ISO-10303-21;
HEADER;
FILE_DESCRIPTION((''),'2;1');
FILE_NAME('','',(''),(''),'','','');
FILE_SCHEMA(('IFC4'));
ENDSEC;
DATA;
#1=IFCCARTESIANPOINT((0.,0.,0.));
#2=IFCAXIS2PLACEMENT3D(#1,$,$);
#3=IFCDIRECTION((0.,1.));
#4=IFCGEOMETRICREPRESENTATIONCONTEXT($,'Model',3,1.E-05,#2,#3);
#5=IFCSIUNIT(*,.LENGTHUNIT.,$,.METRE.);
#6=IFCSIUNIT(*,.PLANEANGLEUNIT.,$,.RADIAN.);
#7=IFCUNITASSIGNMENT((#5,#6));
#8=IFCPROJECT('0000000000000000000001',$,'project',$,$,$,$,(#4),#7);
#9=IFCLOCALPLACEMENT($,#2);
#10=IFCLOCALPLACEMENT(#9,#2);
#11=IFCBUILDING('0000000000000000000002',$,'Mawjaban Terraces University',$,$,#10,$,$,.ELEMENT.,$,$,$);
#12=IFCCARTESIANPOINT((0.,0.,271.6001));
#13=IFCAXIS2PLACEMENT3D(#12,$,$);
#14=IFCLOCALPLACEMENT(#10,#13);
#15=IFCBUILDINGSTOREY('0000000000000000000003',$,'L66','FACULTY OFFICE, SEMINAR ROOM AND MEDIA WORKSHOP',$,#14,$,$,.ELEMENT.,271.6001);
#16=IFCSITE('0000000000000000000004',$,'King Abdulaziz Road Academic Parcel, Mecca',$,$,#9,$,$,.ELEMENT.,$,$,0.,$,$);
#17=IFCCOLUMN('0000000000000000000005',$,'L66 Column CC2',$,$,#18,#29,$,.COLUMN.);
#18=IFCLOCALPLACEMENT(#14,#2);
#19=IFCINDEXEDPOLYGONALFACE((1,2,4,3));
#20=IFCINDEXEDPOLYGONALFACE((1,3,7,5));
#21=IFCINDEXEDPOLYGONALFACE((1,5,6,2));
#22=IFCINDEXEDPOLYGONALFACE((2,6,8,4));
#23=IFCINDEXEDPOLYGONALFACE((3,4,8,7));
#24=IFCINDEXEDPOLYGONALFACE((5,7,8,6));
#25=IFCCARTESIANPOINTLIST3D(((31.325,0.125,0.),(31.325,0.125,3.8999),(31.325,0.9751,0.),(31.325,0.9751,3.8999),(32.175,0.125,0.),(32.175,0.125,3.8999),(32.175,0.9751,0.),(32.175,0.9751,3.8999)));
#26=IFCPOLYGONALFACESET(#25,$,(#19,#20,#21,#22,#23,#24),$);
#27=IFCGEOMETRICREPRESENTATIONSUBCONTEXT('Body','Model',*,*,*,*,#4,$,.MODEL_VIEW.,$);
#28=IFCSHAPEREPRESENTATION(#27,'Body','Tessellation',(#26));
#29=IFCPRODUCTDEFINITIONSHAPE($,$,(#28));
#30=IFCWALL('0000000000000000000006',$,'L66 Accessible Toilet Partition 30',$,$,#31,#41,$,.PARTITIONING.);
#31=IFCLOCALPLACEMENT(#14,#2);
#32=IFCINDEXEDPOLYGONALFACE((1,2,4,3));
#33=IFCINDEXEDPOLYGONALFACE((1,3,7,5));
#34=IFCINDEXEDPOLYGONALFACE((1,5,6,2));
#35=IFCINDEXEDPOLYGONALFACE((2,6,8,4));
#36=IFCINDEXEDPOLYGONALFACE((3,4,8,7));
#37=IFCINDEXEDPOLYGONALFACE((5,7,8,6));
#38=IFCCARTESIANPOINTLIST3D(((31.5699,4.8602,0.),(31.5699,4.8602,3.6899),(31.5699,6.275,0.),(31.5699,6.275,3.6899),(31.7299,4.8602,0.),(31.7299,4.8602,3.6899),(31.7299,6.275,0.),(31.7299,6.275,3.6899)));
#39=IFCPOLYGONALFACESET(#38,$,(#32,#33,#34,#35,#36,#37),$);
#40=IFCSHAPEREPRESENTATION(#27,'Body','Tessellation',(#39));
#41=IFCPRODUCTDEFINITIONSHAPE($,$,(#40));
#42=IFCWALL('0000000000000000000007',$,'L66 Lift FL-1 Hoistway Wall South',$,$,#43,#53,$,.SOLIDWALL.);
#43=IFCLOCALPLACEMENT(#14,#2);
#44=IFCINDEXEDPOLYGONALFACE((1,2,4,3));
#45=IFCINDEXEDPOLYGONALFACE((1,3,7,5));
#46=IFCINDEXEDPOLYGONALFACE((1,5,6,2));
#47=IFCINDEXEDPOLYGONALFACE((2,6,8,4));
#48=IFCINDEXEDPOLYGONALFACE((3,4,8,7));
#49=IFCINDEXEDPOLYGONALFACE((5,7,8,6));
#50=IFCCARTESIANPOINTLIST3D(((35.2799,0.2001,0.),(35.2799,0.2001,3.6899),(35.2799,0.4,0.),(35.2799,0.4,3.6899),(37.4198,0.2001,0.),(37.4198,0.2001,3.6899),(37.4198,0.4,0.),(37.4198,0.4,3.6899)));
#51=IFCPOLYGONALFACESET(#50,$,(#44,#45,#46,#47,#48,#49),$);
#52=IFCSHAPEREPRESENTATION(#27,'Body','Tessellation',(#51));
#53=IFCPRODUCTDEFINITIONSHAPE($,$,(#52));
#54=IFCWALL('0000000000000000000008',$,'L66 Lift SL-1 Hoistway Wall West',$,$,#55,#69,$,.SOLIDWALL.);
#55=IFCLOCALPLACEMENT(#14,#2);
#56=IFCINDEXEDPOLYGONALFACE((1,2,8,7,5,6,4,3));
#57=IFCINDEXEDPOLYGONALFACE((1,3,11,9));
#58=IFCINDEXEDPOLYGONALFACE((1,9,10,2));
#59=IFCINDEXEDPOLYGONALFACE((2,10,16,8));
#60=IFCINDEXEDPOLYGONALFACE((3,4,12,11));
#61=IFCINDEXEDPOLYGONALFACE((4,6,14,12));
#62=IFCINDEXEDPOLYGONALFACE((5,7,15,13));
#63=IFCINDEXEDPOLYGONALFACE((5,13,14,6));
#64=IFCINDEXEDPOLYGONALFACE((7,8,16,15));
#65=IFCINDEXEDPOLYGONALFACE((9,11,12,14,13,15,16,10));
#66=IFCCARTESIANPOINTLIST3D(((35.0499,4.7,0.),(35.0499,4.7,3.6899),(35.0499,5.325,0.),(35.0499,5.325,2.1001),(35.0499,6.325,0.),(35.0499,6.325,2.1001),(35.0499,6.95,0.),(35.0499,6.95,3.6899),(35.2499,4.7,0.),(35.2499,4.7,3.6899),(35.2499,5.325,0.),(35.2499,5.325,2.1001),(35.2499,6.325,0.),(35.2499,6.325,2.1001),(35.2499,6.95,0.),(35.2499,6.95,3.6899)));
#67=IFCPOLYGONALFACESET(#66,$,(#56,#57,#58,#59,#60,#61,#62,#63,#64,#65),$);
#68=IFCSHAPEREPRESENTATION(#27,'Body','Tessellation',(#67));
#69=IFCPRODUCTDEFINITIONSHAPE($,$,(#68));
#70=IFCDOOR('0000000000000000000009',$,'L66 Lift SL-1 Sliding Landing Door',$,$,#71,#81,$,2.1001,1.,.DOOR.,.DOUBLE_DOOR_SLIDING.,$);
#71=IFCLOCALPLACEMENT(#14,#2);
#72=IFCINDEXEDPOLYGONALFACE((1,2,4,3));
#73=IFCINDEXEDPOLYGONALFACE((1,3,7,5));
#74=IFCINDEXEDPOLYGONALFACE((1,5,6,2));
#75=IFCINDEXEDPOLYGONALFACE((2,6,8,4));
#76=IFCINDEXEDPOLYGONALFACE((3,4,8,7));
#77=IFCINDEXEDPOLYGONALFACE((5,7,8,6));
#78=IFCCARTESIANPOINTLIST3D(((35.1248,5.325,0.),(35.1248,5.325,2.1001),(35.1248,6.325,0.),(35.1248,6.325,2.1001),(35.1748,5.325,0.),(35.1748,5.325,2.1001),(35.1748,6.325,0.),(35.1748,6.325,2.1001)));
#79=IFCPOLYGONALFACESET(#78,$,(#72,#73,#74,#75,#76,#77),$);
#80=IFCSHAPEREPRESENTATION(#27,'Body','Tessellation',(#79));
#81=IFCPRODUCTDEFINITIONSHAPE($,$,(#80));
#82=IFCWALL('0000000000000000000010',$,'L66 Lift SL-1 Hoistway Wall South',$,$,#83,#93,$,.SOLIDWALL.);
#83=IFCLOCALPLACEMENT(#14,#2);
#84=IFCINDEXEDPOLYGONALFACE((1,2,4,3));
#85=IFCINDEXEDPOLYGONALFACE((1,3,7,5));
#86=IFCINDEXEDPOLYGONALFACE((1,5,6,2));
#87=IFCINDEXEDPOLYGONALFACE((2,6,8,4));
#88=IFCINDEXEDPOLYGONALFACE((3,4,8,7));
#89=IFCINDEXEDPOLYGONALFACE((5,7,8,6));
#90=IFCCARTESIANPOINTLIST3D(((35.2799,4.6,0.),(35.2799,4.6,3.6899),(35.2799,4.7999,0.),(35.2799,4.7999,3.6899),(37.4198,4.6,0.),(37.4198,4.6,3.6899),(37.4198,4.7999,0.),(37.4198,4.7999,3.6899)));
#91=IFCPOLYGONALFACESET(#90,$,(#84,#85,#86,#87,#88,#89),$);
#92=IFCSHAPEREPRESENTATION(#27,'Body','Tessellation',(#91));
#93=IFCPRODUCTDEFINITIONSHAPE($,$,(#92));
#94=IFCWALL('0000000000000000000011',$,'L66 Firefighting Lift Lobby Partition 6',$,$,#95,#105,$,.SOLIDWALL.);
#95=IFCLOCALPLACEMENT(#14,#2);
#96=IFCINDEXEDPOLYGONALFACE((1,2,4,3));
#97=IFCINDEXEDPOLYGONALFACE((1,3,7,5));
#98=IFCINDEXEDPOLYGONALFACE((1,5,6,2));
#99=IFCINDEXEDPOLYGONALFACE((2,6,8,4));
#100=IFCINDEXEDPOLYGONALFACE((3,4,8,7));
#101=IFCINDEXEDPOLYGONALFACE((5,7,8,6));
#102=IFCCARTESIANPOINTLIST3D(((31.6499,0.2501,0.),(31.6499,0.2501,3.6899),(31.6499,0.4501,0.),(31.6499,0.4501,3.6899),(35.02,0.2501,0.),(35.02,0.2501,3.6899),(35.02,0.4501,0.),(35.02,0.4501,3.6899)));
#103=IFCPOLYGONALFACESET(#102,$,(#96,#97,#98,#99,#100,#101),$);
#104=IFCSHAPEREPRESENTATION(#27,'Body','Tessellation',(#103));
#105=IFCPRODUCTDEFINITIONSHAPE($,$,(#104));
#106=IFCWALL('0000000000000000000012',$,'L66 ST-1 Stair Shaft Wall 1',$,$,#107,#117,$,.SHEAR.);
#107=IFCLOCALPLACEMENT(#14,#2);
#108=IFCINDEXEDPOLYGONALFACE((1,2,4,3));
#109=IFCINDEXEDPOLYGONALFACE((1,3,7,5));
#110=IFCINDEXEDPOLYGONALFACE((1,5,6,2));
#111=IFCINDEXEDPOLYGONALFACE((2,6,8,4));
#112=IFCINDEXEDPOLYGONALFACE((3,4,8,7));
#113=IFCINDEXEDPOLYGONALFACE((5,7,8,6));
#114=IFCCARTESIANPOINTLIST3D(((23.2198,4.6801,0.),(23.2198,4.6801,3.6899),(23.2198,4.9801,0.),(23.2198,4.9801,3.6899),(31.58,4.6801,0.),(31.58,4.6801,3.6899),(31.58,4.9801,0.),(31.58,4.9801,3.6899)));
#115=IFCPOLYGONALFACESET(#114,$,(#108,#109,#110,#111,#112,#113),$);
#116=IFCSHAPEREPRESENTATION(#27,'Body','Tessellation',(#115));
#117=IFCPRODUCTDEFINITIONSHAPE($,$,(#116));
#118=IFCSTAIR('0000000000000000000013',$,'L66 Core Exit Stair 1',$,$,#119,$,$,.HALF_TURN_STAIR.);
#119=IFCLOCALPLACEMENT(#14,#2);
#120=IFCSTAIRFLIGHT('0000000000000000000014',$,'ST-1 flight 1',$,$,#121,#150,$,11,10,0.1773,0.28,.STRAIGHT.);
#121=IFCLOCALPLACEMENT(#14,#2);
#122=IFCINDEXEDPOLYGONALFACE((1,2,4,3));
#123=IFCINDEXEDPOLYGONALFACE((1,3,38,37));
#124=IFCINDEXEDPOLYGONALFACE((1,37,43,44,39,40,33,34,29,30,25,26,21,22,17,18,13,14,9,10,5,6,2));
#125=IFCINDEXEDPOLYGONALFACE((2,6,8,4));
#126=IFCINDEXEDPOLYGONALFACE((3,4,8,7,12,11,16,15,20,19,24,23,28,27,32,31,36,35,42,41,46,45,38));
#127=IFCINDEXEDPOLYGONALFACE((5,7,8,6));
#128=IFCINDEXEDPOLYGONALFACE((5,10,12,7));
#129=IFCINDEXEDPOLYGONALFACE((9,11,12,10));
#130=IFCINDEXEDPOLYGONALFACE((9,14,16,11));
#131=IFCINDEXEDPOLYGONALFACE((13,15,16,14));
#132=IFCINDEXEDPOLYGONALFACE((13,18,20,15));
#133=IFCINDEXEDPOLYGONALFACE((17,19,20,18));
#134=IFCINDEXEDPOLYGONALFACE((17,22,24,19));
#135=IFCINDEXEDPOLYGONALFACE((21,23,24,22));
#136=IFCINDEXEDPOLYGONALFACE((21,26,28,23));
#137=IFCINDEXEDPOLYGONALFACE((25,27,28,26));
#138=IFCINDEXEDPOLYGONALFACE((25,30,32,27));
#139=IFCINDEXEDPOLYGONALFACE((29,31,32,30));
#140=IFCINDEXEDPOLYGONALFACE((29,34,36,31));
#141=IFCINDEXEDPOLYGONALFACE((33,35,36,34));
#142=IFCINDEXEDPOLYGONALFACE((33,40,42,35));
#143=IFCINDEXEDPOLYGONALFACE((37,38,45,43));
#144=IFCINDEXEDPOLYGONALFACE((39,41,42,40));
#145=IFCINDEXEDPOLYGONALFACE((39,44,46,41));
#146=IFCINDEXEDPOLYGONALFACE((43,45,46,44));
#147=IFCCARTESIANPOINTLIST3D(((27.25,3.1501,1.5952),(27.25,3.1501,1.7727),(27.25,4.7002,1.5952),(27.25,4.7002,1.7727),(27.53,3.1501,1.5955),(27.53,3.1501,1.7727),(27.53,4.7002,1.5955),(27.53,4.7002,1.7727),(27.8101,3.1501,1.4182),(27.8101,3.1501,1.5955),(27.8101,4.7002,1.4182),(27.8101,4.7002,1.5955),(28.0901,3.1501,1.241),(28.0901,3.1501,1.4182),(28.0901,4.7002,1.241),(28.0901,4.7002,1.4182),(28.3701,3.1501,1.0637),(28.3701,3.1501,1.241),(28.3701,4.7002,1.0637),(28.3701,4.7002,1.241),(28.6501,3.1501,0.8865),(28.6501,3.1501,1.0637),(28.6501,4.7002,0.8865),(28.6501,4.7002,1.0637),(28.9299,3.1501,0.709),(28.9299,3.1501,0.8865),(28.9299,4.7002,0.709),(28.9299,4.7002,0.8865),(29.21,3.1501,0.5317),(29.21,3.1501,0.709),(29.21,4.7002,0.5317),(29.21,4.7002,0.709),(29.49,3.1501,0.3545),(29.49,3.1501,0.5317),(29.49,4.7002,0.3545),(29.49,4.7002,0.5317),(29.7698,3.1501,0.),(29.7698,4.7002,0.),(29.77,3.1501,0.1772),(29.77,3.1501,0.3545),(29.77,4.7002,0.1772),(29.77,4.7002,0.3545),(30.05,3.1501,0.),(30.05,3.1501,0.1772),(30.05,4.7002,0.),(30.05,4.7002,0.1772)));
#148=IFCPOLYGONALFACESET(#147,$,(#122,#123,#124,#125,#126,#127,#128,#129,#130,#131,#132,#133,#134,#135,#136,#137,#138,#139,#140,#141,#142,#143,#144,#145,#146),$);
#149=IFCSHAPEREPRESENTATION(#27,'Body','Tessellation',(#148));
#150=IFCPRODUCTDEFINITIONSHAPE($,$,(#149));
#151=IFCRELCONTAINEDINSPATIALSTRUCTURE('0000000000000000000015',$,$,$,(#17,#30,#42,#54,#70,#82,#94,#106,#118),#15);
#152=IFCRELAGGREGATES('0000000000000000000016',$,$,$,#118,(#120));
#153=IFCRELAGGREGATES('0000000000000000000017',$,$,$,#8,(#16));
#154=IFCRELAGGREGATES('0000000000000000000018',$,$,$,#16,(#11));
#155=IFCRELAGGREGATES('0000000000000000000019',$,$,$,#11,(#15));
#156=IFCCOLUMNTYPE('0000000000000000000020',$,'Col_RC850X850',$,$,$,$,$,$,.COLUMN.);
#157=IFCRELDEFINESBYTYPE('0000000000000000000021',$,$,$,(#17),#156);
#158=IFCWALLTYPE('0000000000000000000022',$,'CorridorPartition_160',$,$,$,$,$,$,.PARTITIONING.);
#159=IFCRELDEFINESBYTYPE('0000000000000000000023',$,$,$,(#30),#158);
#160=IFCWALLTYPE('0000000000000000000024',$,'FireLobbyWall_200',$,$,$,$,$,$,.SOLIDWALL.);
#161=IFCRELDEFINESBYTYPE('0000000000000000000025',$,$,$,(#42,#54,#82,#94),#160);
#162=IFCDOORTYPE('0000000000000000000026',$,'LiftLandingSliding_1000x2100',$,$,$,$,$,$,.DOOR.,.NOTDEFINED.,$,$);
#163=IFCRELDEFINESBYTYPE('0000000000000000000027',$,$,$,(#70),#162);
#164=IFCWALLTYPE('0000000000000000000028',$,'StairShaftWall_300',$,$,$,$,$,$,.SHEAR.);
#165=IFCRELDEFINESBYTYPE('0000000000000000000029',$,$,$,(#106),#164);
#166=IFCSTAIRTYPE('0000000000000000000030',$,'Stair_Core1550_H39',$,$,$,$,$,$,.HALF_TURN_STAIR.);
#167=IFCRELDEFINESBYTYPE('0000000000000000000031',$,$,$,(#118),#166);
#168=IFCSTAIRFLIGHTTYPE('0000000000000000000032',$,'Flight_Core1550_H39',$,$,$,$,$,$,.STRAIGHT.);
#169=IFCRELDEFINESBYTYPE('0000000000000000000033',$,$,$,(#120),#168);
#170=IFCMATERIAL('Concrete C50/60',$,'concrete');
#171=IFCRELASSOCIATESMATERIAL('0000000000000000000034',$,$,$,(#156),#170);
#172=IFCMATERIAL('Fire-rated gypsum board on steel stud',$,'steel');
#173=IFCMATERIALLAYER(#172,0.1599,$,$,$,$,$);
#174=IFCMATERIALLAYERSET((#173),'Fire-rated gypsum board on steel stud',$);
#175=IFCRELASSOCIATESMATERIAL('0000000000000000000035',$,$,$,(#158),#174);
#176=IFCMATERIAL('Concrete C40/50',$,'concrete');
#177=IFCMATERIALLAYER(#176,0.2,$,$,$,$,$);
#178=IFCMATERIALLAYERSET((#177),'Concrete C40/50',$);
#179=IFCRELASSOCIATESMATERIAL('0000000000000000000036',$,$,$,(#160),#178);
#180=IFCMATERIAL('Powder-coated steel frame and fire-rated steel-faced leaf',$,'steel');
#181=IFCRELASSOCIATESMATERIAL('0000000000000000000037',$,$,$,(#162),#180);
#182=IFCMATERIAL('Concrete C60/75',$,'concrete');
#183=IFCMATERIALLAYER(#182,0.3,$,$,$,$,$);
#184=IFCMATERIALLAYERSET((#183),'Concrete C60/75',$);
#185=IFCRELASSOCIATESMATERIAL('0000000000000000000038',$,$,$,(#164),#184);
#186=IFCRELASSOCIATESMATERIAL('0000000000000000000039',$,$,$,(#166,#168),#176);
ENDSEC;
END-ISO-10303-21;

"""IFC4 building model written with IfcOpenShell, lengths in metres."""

from ifc_helpers import new_model, si_unit, direction, frame, frame_2d, origin, origin_2d, place, context, subcontext, project, spatial, polyline, rectangle, outline, extrude, material, layer, layer_set, material_profile, profile_set, type_object, element, fill, aggregate, save


model = new_model("IFC4")

# Units and contexts
model_context = context("Model", 3, precision=1e-05, world=origin(), true_north=direction((0.0, 1.0)))
body_context = subcontext(model_context, "Body", "Model", "MODEL_VIEW")
ifc_project = project(units=[si_unit("LENGTHUNIT", "METRE"), si_unit("PLANEANGLEUNIT", "RADIAN")], contexts=[model_context])

# Site, building, storey
site_placement = place(None, origin())
site = spatial("IfcSite", under=ifc_project, at=site_placement, Name="King Abdulaziz Road Academic Parcel, Mecca", CompositionType="ELEMENT", RefElevation=0.0)
building_placement = place(site_placement, origin())
building = spatial("IfcBuilding", under=site, at=building_placement, Name="Mawjaban Terraces University", CompositionType="ELEMENT")
storey_placement = place(building_placement, frame((0.0, 0.0, 271.6001)))
storey = spatial("IfcBuildingStorey", under=building, at=storey_placement, Name="L66", Description="FACULTY OFFICE, SEMINAR ROOM AND MEDIA WORKSHOP", CompositionType="ELEMENT", Elevation=271.6001)

# Column
ifc_material_1 = material(Name="Concrete C50/60", Category="concrete")
ifc_material_profile = material_profile(ifc_material_1, rectangle(XDim=0.8501, YDim=0.8501, at=origin_2d()), Name="RC850X850")
ifc_profile_set = profile_set([ifc_material_profile], Name="Concrete C50/60")
column_type = type_object("IfcColumnType", Name="Col_RC850X850", PredefinedType="COLUMN", material=ifc_profile_set)
column_placement = place(storey_placement, frame((31.75, 0.55, 0.0), z_axis=(0.0, 0.0, 1.0), x_axis=(1.0, 0.0, 0.0)))
element("IfcColumn", 1, at=column_placement, inside=storey, type_object=column_type, Name="L66 Column CC2", PredefinedType="COLUMN", context=body_context, shape_type="SweptSolid", body=[
    extrude(rectangle(XDim=0.8501, YDim=0.8501, at=origin_2d()), origin(), (0.0, 0.0, 1.0), 3.8999),
])

# Wall
ifc_material_2 = material(Name="Fire-rated gypsum board on steel stud", Category="steel")
ifc_layer_1 = layer(ifc_material_2, 0.1599)
ifc_layer_set_1 = layer_set([ifc_layer_1], Name="Fire-rated gypsum board on steel stud")
wall_type_1 = type_object("IfcWallType", Name="CorridorPartition_160", PredefinedType="PARTITIONING", material=ifc_layer_set_1)
wall_1_placement = place(storey_placement, frame((31.6499, 4.8601, 0.0), z_axis=(0.0, 0.0, 1.0), x_axis=(0.0, 1.0, 0.0)))
element("IfcWall", 2, at=wall_1_placement, inside=storey, type_object=wall_type_1, Name="L66 Accessible Toilet Partition 30", PredefinedType="PARTITIONING", context=body_context, shape_type="SweptSolid", body=[
    extrude(rectangle(XDim=1.4148, YDim=0.1599, at=frame_2d((0.7075, 0.0))), origin(), (0.0, 0.0, 1.0), 3.6899),
])

# Shared definitions
ifc_material_3 = material(Name="Concrete C40/50", Category="concrete")
ifc_layer_2 = layer(ifc_material_3, 0.2)
ifc_layer_set_2 = layer_set([ifc_layer_2], Name="Concrete C40/50")
wall_type_2 = type_object("IfcWallType", Name="FireLobbyWall_200", PredefinedType="SOLIDWALL", material=ifc_layer_set_2)
ifc_material_4 = material(Name="Powder-coated steel frame and fire-rated steel-faced leaf", Category="steel")

# Wall
wall_2_placement = place(storey_placement, frame((35.28, 0.3, 0.0), z_axis=(0.0, 0.0, 1.0), x_axis=(1.0, 0.0, 0.0)))
element("IfcWall", 3, at=wall_2_placement, inside=storey, type_object=wall_type_2, Name="L66 Lift FL-1 Hoistway Wall South", PredefinedType="SOLIDWALL", context=body_context, shape_type="SweptSolid", body=[
    extrude(rectangle(XDim=2.1399, YDim=0.2, at=frame_2d((1.0698, 0.0))), origin(), (0.0, 0.0, 1.0), 3.6899),
])

# Wall, opening, door
wall_3_placement = place(storey_placement, frame((35.1499, 6.95, 0.0), z_axis=(0.0, 0.0, 1.0), x_axis=(0.0, -1.0, 0.0)))
wall_3 = element("IfcWall", 4, at=wall_3_placement, inside=storey, type_object=wall_type_2, Name="L66 Lift SL-1 Hoistway Wall West", PredefinedType="SOLIDWALL", context=body_context, shape_type="SweptSolid", body=[
    extrude(rectangle(XDim=2.25, YDim=0.2, at=frame_2d((1.125, 0.0))), origin(), (0.0, 0.0, 1.0), 3.6899),
])
opening_1_placement = place(wall_3_placement, frame((0.625, 0.0, 0.0)))
opening_1 = element("IfcOpeningElement", 5, at=opening_1_placement, cuts=wall_3, PredefinedType="OPENING", context=body_context, shape_type="SweptSolid", body=[
    extrude(rectangle(XDim=1.0, YDim=2.1001, at=frame_2d((0.5, 1.05))), frame((0.0, 0.1099, 0.0), z_axis=(0.0, -1.0, 0.0), x_axis=(1.0, 0.0, 0.0)), (0.0, 0.0, 1.0), 0.22),
])
door_type_1 = type_object("IfcDoorType", Name="LiftLandingSliding_1000x2100", OperationType="NOTDEFINED", PredefinedType="DOOR", material=ifc_material_4)
door_1_placement = place(opening_1_placement, origin())
door_1 = element("IfcDoor", 6, at=door_1_placement, inside=storey, type_object=door_type_1, Name="L66 Lift SL-1 Sliding Landing Door", OperationType="DOUBLE_DOOR_SLIDING", OverallHeight=2.1001, OverallWidth=1.0, PredefinedType="DOOR", context=body_context, shape_type="SweptSolid", body=[
    extrude(rectangle(XDim=1.0, YDim=2.1001, at=frame_2d((0.5, 1.05))), frame((0.0, 0.0249, 0.0), z_axis=(0.0, -1.0, 0.0), x_axis=(1.0, 0.0, 0.0)), (0.0, 0.0, 1.0), 0.05),
])
fill(opening_1, door_1)

# Walls
wall_4_placement = place(storey_placement, frame((35.28, 4.7, 0.0), z_axis=(0.0, 0.0, 1.0), x_axis=(1.0, 0.0, 0.0)))
element("IfcWall", 7, at=wall_4_placement, inside=storey, type_object=wall_type_2, Name="L66 Lift SL-1 Hoistway Wall South", PredefinedType="SOLIDWALL", context=body_context, shape_type="SweptSolid", body=[
    extrude(rectangle(XDim=2.1399, YDim=0.2, at=frame_2d((1.0698, 0.0))), origin(), (0.0, 0.0, 1.0), 3.6899),
])
wall_5_placement = place(storey_placement, frame((31.6499, 0.3501, 0.0), z_axis=(0.0, 0.0, 1.0), x_axis=(1.0, 0.0, 0.0)))
element("IfcWall", 8, at=wall_5_placement, inside=storey, type_object=wall_type_2, Name="L66 Firefighting Lift Lobby Partition 6", PredefinedType="SOLIDWALL", context=body_context, shape_type="SweptSolid", body=[
    extrude(rectangle(XDim=3.3701, YDim=0.2, at=frame_2d((1.6851, 0.0))), origin(), (0.0, 0.0, 1.0), 3.6899),
])

# Wall
ifc_material_5 = material(Name="Concrete C60/75", Category="concrete")
ifc_layer_3 = layer(ifc_material_5, 0.3)
ifc_layer_set_3 = layer_set([ifc_layer_3], Name="Concrete C60/75")
wall_type_3 = type_object("IfcWallType", Name="StairShaftWall_300", PredefinedType="SHEAR", material=ifc_layer_set_3)
wall_6_placement = place(storey_placement, frame((31.5801, 4.8301, 0.0), z_axis=(0.0, 0.0, 1.0), x_axis=(-1.0, 0.0, 0.0)))
element("IfcWall", 9, at=wall_6_placement, inside=storey, type_object=wall_type_3, Name="L66 ST-1 Stair Shaft Wall 1", PredefinedType="SHEAR", context=body_context, shape_type="SweptSolid", body=[
    extrude(rectangle(XDim=8.3601, YDim=0.3, at=frame_2d((4.1802, 0.0))), origin(), (0.0, 0.0, 1.0), 3.6899),
])

# Stair, stair flight
stair_type = type_object("IfcStairType", Name="Stair_Core1550_H39", PredefinedType="HALF_TURN_STAIR", material=ifc_material_3)
stair_placement = place(storey_placement, origin())
stair = element("IfcStair", 10, at=stair_placement, inside=storey, type_object=stair_type, Name="L66 Core Exit Stair 1", PredefinedType="HALF_TURN_STAIR")
stair_flight_type = type_object("IfcStairFlightType", Name="Flight_Core1550_H39", PredefinedType="STRAIGHT", material=ifc_material_3)
stair_flight_placement = place(storey_placement, frame((30.05, 3.925, 0.0), z_axis=(0.0, 0.0, 1.0), x_axis=(-1.0, 0.0, 0.0)))
stair_flight = element("IfcStairFlight", 11, at=stair_flight_placement, type_object=stair_flight_type, Name="ST-1 flight 1", NumberOfRisers=11, NumberOfTreads=10, PredefinedType="STRAIGHT", RiserHeight=0.1773, TreadLength=0.28, context=body_context, shape_type="SweptSolid", body=[
    extrude(outline(polyline([(0.0, 0.0), (0.0, 0.1772), (0.28, 0.1772), (0.28, 0.3545), (0.5601, 0.3545), (0.5601, 0.5317), (0.8401, 0.5317), (0.8401, 0.709), (1.1201, 0.709), (1.1201, 0.8865), (1.3999, 0.8865), (1.3999, 1.0637), (1.6799, 1.0637), (1.6799, 1.241), (1.96, 1.241), (1.96, 1.4182), (2.24, 1.4182), (2.24, 1.5955), (2.52, 1.5955), (2.52, 1.7727), (2.8, 1.7727), (2.8, 1.95), (2.8, 1.5952), (0.2803, 0.0), (0.0, 0.0)])), frame((0.0, 0.7749, 0.0), z_axis=(0.0, -1.0, 0.0), x_axis=(1.0, 0.0, 0.0)), (0.0, 0.0, 1.0), 1.55),
])
aggregate(stair, [stair_flight])

save(model, "model.ifc")
